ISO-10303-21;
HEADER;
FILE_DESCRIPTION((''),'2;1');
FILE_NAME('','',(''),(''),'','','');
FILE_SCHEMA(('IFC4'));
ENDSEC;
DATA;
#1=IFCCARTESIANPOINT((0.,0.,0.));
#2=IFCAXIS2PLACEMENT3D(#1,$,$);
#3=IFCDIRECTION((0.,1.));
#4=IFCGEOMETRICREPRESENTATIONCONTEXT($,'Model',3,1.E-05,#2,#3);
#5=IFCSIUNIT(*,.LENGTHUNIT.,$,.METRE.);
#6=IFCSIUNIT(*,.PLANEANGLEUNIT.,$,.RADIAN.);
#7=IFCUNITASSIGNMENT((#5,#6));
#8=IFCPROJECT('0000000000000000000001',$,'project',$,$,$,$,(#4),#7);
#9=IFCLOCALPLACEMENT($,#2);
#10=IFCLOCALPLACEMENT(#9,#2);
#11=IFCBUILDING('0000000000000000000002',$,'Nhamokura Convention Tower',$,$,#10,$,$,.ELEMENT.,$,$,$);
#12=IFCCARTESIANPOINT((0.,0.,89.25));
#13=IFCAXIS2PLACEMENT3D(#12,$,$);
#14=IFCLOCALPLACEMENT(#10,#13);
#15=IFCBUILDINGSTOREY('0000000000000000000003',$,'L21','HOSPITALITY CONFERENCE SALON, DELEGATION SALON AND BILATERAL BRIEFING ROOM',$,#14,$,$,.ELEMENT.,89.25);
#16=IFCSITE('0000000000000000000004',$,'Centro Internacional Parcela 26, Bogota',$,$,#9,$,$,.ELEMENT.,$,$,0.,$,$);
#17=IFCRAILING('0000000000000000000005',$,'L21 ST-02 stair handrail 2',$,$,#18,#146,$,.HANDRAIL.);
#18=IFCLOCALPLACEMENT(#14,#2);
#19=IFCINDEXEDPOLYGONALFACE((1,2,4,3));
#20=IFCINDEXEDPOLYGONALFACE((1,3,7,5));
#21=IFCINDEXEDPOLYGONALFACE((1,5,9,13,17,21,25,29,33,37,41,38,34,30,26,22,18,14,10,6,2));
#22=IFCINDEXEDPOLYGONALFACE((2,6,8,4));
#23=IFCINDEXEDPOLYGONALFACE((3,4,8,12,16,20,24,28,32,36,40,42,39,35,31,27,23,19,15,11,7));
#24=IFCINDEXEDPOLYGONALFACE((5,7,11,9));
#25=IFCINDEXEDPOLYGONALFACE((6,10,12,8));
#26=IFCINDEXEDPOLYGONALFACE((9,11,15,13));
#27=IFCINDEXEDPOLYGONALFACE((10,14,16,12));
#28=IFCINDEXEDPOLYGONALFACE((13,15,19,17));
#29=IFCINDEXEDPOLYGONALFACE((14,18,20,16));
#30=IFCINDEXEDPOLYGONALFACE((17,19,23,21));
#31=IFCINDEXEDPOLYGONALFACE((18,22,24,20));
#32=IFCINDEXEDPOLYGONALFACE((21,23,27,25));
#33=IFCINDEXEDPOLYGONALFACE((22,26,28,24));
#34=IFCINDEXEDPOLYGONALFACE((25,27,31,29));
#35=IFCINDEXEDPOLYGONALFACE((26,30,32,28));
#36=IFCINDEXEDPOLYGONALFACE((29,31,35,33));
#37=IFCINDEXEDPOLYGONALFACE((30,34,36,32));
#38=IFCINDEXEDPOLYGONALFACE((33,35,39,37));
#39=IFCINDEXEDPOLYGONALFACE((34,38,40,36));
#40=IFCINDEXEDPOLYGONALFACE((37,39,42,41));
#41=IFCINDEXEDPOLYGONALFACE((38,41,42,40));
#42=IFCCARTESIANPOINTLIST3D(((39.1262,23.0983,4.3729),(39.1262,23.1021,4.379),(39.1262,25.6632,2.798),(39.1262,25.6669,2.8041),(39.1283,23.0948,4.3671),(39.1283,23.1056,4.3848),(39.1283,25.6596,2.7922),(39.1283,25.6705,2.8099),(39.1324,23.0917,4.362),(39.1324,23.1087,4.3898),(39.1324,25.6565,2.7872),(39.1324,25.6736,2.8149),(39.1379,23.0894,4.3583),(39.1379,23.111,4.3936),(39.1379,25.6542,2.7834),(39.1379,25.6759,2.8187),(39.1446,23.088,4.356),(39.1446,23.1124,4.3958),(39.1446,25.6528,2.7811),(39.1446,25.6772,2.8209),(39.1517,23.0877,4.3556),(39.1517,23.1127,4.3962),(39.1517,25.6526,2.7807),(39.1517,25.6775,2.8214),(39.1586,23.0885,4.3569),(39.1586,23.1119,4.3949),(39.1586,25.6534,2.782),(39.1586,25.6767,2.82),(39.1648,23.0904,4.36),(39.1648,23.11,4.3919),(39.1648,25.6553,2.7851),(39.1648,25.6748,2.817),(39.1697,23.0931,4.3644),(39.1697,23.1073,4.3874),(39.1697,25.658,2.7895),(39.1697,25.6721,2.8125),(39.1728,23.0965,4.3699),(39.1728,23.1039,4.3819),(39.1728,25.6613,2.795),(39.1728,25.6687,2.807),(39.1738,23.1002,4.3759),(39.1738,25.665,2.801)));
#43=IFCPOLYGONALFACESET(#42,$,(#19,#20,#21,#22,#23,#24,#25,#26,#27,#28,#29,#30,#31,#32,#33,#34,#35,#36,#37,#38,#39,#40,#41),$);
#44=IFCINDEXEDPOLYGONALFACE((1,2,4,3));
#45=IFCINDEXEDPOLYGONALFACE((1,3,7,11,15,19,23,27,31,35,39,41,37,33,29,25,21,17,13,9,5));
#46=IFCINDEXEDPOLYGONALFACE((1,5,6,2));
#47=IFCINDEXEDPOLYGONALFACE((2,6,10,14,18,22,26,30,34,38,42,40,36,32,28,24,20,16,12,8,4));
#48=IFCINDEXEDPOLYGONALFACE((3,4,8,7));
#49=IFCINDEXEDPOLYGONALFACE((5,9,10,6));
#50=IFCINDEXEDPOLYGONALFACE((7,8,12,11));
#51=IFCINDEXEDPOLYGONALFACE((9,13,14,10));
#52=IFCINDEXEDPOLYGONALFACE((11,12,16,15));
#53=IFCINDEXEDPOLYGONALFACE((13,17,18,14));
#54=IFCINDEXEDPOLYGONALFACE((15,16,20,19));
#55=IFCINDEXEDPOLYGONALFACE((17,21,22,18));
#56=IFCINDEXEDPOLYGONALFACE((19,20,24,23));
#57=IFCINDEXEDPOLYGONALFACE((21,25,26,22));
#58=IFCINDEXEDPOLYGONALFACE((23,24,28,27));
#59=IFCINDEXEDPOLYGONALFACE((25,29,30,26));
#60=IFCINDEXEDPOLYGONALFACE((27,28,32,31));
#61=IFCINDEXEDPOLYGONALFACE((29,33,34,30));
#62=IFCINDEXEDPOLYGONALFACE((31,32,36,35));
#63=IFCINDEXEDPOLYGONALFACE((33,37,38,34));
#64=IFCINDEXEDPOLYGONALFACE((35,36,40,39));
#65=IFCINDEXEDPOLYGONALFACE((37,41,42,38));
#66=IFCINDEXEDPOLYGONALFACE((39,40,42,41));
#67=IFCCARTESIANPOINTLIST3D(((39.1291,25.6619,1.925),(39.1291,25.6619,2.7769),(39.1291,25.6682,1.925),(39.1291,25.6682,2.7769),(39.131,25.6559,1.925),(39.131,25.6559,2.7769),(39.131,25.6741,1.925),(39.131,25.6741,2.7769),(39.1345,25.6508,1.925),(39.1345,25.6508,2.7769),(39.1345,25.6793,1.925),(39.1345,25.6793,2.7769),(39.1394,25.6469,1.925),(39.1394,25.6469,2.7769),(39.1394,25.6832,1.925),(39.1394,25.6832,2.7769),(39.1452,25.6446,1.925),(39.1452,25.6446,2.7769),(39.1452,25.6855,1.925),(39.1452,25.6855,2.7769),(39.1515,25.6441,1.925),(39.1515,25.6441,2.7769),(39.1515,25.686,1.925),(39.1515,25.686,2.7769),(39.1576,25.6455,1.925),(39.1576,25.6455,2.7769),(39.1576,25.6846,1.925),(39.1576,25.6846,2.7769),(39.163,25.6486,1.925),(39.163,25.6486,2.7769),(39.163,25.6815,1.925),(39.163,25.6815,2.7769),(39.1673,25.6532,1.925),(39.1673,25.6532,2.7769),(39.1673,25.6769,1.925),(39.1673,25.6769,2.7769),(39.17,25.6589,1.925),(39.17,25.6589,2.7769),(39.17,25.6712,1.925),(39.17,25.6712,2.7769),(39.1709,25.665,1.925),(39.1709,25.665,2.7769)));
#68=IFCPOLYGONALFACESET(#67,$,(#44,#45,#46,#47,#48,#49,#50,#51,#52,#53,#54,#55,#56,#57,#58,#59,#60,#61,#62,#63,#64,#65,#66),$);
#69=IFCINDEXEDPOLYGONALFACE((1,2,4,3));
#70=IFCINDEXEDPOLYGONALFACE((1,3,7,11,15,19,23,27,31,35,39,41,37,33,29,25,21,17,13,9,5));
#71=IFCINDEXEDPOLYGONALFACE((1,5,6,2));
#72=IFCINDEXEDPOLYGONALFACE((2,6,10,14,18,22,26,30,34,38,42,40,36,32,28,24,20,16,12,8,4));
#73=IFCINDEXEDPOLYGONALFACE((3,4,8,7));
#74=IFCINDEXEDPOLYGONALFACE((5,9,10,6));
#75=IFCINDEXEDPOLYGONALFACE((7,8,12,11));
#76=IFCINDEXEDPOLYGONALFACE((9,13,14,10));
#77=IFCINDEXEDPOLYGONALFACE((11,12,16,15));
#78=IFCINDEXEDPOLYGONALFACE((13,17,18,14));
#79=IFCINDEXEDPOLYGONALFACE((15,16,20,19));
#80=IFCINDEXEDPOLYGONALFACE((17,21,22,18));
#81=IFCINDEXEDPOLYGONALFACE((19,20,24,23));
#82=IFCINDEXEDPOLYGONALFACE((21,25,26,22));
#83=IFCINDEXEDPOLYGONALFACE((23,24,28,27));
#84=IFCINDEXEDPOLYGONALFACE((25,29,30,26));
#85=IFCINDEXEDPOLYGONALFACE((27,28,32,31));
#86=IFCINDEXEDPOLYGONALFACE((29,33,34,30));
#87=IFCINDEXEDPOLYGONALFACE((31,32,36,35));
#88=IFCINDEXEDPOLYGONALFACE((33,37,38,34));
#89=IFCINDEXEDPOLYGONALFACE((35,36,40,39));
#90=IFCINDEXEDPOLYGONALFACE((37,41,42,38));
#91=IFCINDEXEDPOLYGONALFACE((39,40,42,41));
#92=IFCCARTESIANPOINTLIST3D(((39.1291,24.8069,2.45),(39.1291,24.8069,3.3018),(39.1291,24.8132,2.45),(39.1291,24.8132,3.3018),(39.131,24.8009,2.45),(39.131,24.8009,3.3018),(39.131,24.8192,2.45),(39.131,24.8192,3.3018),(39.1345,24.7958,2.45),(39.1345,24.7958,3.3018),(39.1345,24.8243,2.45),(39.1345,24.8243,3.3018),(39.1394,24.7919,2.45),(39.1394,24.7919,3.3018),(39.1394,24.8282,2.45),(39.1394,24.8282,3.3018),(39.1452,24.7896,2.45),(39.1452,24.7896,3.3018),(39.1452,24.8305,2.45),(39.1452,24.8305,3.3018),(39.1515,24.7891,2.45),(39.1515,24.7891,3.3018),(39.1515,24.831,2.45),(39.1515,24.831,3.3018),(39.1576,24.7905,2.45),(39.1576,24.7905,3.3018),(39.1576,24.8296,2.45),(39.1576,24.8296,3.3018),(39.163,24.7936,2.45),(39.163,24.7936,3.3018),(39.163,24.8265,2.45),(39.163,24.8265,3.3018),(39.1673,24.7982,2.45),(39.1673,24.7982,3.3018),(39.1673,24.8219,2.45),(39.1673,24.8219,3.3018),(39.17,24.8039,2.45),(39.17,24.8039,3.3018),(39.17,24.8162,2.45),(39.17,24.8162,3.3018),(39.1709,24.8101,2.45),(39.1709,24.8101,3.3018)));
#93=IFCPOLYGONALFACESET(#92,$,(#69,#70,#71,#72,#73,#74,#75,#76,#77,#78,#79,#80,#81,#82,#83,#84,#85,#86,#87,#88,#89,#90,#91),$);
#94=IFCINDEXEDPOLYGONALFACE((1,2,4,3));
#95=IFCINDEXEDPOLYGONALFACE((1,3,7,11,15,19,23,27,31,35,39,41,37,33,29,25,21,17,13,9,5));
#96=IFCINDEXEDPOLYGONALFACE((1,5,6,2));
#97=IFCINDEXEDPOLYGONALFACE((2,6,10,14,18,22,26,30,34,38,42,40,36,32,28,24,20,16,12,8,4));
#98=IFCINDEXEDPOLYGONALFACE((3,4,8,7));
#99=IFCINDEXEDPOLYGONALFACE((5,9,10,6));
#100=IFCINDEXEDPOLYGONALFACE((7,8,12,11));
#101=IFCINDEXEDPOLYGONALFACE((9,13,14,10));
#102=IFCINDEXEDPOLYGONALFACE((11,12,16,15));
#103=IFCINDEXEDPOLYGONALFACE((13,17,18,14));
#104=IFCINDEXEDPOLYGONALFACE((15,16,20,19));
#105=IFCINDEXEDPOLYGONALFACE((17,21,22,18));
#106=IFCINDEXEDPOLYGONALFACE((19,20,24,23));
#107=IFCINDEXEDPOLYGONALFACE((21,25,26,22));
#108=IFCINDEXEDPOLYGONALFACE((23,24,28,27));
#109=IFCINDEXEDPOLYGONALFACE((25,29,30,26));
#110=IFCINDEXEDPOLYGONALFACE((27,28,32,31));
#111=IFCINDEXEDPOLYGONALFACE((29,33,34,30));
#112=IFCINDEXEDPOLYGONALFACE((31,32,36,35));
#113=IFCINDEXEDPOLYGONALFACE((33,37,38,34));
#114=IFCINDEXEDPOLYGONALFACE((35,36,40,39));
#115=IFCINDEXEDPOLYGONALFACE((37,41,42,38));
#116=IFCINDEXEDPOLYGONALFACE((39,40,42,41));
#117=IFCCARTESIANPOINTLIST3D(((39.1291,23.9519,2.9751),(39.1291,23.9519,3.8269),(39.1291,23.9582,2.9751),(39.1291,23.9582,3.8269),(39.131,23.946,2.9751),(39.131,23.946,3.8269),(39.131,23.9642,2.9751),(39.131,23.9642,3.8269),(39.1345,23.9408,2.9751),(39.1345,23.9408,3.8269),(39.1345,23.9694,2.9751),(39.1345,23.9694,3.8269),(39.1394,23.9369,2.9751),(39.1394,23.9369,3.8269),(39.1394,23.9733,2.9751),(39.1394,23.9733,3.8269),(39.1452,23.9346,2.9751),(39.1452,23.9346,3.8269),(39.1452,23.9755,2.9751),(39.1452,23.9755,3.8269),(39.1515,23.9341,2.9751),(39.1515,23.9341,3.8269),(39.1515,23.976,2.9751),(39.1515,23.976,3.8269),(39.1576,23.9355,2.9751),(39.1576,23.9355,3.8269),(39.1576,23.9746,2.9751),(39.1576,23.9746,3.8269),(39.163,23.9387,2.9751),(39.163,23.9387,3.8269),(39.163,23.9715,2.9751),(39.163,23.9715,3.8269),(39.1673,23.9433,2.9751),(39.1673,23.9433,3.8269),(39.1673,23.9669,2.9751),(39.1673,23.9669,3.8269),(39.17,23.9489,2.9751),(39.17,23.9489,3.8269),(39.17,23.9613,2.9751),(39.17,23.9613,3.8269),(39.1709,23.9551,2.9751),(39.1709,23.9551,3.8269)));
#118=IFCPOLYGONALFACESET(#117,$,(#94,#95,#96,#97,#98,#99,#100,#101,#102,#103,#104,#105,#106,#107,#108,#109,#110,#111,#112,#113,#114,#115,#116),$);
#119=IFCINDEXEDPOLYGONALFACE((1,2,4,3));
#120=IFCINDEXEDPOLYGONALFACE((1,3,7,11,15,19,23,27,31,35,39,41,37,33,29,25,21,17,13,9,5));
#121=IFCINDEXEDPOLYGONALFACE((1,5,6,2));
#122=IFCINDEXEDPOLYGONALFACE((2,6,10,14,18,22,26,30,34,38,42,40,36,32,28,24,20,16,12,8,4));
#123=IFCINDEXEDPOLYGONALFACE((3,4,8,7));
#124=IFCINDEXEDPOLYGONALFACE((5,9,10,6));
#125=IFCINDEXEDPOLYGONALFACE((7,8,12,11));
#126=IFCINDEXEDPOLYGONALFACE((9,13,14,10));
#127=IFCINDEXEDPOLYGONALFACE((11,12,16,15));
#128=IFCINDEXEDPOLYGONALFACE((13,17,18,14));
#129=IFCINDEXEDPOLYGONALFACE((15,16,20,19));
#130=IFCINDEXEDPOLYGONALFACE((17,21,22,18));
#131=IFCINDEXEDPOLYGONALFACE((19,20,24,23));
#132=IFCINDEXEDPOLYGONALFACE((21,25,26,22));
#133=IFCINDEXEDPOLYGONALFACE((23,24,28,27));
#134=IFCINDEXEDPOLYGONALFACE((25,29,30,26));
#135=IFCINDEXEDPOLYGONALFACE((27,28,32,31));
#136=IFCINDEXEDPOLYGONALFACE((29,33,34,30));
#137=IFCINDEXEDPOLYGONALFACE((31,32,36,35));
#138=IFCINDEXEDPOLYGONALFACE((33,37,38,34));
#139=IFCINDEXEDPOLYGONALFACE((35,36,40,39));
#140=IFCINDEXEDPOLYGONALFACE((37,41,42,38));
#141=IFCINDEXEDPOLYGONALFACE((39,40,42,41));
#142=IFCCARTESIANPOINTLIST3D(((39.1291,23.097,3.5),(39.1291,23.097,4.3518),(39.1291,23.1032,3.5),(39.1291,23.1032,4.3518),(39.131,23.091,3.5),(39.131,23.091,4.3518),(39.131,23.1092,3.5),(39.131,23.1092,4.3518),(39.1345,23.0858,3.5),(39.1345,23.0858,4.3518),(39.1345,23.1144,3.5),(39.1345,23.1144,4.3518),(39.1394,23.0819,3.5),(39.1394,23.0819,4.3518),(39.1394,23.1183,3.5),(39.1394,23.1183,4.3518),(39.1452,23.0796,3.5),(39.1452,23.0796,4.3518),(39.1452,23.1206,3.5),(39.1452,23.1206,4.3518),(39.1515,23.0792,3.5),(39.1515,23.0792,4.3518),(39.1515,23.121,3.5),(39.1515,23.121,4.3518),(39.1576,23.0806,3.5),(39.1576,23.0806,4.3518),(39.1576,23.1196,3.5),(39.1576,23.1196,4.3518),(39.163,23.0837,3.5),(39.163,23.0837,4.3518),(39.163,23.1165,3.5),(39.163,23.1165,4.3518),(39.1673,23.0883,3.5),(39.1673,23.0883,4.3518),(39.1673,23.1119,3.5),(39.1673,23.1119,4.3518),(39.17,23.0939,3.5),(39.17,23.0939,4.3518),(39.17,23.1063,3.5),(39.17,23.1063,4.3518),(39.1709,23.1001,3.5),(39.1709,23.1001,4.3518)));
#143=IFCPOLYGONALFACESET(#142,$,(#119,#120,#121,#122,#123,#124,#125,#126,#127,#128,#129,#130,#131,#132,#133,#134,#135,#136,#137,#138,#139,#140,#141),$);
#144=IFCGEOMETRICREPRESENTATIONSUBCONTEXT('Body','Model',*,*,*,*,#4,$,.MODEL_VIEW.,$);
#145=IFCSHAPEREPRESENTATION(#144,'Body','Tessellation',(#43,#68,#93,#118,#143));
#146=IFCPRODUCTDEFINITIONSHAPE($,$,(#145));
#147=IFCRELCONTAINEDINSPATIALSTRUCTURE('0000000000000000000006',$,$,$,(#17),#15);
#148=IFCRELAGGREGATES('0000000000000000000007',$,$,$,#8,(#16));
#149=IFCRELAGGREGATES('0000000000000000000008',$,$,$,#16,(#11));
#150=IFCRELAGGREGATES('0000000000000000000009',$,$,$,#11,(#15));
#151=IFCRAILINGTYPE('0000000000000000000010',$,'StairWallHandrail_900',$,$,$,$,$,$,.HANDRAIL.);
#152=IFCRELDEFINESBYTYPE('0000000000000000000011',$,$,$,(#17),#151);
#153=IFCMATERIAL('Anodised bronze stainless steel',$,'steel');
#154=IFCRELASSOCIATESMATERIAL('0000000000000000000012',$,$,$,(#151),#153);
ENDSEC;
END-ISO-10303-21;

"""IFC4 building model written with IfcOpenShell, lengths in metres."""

from ifc_helpers import new_model, si_unit, direction, frame, origin, origin_2d, place, context, subcontext, project, spatial, circle, extrude, material, type_object, element, save


model = new_model("IFC4")

# Units and contexts
model_context = context("Model", 3, precision=1e-05, world=origin(), true_north=direction((0.0, 1.0)))
body_context = subcontext(model_context, "Body", "Model", "MODEL_VIEW")
ifc_project = project(units=[si_unit("LENGTHUNIT", "METRE"), si_unit("PLANEANGLEUNIT", "RADIAN")], contexts=[model_context])

# Site, building, storey
site_placement = place(None, origin())
site = spatial("IfcSite", under=ifc_project, at=site_placement, Name="Centro Internacional Parcela 26, Bogota", CompositionType="ELEMENT", RefElevation=0.0)
building_placement = place(site_placement, origin())
building = spatial("IfcBuilding", under=site, at=building_placement, Name="Nhamokura Convention Tower", CompositionType="ELEMENT")
storey_placement = place(building_placement, frame((0.0, 0.0, 89.25)))
storey = spatial("IfcBuildingStorey", under=building, at=storey_placement, Name="L21", Description="HOSPITALITY CONFERENCE SALON, DELEGATION SALON AND BILATERAL BRIEFING ROOM", CompositionType="ELEMENT", Elevation=89.25)

# Railing
ifc_material_1 = material(Name="Anodised bronze stainless steel", Category="steel")
railing_type_1 = type_object("IfcRailingType", Name="StairWallHandrail_900", PredefinedType="HANDRAIL", material=ifc_material_1)
railing_1_placement = place(storey_placement, frame((39.1499, 25.665, 1.925)))
element("IfcRailing", 1, at=railing_1_placement, inside=storey, type_object=railing_type_1, Name="L21 ST-02 stair handrail 2", PredefinedType="HANDRAIL", context=body_context, shape_type="SweptSolid", body=[
    extrude(circle(Radius=0.0239, at=origin_2d()), frame((0.0, 0.0, 0.876), z_axis=(0.0, -0.852173, 0.52326), x_axis=(1.0, 0.0, 0.0)), (0.0, 0.0, 1.0), 3.0098),
    extrude(circle(Radius=0.021, at=origin_2d()), origin(), (0.0, 0.0, 1.0), 0.8518),
    extrude(circle(Radius=0.021, at=origin_2d()), frame((0.0, -0.855, 0.5249)), (0.0, 0.0, 1.0), 0.8518),
    extrude(circle(Radius=0.021, at=origin_2d()), frame((0.0, -1.71, 1.05)), (0.0, 0.0, 1.0), 0.8518),
    extrude(circle(Radius=0.021, at=origin_2d()), frame((0.0, -2.5649, 1.575)), (0.0, 0.0, 1.0), 0.8518),
])

save(model, "model.ifc")
